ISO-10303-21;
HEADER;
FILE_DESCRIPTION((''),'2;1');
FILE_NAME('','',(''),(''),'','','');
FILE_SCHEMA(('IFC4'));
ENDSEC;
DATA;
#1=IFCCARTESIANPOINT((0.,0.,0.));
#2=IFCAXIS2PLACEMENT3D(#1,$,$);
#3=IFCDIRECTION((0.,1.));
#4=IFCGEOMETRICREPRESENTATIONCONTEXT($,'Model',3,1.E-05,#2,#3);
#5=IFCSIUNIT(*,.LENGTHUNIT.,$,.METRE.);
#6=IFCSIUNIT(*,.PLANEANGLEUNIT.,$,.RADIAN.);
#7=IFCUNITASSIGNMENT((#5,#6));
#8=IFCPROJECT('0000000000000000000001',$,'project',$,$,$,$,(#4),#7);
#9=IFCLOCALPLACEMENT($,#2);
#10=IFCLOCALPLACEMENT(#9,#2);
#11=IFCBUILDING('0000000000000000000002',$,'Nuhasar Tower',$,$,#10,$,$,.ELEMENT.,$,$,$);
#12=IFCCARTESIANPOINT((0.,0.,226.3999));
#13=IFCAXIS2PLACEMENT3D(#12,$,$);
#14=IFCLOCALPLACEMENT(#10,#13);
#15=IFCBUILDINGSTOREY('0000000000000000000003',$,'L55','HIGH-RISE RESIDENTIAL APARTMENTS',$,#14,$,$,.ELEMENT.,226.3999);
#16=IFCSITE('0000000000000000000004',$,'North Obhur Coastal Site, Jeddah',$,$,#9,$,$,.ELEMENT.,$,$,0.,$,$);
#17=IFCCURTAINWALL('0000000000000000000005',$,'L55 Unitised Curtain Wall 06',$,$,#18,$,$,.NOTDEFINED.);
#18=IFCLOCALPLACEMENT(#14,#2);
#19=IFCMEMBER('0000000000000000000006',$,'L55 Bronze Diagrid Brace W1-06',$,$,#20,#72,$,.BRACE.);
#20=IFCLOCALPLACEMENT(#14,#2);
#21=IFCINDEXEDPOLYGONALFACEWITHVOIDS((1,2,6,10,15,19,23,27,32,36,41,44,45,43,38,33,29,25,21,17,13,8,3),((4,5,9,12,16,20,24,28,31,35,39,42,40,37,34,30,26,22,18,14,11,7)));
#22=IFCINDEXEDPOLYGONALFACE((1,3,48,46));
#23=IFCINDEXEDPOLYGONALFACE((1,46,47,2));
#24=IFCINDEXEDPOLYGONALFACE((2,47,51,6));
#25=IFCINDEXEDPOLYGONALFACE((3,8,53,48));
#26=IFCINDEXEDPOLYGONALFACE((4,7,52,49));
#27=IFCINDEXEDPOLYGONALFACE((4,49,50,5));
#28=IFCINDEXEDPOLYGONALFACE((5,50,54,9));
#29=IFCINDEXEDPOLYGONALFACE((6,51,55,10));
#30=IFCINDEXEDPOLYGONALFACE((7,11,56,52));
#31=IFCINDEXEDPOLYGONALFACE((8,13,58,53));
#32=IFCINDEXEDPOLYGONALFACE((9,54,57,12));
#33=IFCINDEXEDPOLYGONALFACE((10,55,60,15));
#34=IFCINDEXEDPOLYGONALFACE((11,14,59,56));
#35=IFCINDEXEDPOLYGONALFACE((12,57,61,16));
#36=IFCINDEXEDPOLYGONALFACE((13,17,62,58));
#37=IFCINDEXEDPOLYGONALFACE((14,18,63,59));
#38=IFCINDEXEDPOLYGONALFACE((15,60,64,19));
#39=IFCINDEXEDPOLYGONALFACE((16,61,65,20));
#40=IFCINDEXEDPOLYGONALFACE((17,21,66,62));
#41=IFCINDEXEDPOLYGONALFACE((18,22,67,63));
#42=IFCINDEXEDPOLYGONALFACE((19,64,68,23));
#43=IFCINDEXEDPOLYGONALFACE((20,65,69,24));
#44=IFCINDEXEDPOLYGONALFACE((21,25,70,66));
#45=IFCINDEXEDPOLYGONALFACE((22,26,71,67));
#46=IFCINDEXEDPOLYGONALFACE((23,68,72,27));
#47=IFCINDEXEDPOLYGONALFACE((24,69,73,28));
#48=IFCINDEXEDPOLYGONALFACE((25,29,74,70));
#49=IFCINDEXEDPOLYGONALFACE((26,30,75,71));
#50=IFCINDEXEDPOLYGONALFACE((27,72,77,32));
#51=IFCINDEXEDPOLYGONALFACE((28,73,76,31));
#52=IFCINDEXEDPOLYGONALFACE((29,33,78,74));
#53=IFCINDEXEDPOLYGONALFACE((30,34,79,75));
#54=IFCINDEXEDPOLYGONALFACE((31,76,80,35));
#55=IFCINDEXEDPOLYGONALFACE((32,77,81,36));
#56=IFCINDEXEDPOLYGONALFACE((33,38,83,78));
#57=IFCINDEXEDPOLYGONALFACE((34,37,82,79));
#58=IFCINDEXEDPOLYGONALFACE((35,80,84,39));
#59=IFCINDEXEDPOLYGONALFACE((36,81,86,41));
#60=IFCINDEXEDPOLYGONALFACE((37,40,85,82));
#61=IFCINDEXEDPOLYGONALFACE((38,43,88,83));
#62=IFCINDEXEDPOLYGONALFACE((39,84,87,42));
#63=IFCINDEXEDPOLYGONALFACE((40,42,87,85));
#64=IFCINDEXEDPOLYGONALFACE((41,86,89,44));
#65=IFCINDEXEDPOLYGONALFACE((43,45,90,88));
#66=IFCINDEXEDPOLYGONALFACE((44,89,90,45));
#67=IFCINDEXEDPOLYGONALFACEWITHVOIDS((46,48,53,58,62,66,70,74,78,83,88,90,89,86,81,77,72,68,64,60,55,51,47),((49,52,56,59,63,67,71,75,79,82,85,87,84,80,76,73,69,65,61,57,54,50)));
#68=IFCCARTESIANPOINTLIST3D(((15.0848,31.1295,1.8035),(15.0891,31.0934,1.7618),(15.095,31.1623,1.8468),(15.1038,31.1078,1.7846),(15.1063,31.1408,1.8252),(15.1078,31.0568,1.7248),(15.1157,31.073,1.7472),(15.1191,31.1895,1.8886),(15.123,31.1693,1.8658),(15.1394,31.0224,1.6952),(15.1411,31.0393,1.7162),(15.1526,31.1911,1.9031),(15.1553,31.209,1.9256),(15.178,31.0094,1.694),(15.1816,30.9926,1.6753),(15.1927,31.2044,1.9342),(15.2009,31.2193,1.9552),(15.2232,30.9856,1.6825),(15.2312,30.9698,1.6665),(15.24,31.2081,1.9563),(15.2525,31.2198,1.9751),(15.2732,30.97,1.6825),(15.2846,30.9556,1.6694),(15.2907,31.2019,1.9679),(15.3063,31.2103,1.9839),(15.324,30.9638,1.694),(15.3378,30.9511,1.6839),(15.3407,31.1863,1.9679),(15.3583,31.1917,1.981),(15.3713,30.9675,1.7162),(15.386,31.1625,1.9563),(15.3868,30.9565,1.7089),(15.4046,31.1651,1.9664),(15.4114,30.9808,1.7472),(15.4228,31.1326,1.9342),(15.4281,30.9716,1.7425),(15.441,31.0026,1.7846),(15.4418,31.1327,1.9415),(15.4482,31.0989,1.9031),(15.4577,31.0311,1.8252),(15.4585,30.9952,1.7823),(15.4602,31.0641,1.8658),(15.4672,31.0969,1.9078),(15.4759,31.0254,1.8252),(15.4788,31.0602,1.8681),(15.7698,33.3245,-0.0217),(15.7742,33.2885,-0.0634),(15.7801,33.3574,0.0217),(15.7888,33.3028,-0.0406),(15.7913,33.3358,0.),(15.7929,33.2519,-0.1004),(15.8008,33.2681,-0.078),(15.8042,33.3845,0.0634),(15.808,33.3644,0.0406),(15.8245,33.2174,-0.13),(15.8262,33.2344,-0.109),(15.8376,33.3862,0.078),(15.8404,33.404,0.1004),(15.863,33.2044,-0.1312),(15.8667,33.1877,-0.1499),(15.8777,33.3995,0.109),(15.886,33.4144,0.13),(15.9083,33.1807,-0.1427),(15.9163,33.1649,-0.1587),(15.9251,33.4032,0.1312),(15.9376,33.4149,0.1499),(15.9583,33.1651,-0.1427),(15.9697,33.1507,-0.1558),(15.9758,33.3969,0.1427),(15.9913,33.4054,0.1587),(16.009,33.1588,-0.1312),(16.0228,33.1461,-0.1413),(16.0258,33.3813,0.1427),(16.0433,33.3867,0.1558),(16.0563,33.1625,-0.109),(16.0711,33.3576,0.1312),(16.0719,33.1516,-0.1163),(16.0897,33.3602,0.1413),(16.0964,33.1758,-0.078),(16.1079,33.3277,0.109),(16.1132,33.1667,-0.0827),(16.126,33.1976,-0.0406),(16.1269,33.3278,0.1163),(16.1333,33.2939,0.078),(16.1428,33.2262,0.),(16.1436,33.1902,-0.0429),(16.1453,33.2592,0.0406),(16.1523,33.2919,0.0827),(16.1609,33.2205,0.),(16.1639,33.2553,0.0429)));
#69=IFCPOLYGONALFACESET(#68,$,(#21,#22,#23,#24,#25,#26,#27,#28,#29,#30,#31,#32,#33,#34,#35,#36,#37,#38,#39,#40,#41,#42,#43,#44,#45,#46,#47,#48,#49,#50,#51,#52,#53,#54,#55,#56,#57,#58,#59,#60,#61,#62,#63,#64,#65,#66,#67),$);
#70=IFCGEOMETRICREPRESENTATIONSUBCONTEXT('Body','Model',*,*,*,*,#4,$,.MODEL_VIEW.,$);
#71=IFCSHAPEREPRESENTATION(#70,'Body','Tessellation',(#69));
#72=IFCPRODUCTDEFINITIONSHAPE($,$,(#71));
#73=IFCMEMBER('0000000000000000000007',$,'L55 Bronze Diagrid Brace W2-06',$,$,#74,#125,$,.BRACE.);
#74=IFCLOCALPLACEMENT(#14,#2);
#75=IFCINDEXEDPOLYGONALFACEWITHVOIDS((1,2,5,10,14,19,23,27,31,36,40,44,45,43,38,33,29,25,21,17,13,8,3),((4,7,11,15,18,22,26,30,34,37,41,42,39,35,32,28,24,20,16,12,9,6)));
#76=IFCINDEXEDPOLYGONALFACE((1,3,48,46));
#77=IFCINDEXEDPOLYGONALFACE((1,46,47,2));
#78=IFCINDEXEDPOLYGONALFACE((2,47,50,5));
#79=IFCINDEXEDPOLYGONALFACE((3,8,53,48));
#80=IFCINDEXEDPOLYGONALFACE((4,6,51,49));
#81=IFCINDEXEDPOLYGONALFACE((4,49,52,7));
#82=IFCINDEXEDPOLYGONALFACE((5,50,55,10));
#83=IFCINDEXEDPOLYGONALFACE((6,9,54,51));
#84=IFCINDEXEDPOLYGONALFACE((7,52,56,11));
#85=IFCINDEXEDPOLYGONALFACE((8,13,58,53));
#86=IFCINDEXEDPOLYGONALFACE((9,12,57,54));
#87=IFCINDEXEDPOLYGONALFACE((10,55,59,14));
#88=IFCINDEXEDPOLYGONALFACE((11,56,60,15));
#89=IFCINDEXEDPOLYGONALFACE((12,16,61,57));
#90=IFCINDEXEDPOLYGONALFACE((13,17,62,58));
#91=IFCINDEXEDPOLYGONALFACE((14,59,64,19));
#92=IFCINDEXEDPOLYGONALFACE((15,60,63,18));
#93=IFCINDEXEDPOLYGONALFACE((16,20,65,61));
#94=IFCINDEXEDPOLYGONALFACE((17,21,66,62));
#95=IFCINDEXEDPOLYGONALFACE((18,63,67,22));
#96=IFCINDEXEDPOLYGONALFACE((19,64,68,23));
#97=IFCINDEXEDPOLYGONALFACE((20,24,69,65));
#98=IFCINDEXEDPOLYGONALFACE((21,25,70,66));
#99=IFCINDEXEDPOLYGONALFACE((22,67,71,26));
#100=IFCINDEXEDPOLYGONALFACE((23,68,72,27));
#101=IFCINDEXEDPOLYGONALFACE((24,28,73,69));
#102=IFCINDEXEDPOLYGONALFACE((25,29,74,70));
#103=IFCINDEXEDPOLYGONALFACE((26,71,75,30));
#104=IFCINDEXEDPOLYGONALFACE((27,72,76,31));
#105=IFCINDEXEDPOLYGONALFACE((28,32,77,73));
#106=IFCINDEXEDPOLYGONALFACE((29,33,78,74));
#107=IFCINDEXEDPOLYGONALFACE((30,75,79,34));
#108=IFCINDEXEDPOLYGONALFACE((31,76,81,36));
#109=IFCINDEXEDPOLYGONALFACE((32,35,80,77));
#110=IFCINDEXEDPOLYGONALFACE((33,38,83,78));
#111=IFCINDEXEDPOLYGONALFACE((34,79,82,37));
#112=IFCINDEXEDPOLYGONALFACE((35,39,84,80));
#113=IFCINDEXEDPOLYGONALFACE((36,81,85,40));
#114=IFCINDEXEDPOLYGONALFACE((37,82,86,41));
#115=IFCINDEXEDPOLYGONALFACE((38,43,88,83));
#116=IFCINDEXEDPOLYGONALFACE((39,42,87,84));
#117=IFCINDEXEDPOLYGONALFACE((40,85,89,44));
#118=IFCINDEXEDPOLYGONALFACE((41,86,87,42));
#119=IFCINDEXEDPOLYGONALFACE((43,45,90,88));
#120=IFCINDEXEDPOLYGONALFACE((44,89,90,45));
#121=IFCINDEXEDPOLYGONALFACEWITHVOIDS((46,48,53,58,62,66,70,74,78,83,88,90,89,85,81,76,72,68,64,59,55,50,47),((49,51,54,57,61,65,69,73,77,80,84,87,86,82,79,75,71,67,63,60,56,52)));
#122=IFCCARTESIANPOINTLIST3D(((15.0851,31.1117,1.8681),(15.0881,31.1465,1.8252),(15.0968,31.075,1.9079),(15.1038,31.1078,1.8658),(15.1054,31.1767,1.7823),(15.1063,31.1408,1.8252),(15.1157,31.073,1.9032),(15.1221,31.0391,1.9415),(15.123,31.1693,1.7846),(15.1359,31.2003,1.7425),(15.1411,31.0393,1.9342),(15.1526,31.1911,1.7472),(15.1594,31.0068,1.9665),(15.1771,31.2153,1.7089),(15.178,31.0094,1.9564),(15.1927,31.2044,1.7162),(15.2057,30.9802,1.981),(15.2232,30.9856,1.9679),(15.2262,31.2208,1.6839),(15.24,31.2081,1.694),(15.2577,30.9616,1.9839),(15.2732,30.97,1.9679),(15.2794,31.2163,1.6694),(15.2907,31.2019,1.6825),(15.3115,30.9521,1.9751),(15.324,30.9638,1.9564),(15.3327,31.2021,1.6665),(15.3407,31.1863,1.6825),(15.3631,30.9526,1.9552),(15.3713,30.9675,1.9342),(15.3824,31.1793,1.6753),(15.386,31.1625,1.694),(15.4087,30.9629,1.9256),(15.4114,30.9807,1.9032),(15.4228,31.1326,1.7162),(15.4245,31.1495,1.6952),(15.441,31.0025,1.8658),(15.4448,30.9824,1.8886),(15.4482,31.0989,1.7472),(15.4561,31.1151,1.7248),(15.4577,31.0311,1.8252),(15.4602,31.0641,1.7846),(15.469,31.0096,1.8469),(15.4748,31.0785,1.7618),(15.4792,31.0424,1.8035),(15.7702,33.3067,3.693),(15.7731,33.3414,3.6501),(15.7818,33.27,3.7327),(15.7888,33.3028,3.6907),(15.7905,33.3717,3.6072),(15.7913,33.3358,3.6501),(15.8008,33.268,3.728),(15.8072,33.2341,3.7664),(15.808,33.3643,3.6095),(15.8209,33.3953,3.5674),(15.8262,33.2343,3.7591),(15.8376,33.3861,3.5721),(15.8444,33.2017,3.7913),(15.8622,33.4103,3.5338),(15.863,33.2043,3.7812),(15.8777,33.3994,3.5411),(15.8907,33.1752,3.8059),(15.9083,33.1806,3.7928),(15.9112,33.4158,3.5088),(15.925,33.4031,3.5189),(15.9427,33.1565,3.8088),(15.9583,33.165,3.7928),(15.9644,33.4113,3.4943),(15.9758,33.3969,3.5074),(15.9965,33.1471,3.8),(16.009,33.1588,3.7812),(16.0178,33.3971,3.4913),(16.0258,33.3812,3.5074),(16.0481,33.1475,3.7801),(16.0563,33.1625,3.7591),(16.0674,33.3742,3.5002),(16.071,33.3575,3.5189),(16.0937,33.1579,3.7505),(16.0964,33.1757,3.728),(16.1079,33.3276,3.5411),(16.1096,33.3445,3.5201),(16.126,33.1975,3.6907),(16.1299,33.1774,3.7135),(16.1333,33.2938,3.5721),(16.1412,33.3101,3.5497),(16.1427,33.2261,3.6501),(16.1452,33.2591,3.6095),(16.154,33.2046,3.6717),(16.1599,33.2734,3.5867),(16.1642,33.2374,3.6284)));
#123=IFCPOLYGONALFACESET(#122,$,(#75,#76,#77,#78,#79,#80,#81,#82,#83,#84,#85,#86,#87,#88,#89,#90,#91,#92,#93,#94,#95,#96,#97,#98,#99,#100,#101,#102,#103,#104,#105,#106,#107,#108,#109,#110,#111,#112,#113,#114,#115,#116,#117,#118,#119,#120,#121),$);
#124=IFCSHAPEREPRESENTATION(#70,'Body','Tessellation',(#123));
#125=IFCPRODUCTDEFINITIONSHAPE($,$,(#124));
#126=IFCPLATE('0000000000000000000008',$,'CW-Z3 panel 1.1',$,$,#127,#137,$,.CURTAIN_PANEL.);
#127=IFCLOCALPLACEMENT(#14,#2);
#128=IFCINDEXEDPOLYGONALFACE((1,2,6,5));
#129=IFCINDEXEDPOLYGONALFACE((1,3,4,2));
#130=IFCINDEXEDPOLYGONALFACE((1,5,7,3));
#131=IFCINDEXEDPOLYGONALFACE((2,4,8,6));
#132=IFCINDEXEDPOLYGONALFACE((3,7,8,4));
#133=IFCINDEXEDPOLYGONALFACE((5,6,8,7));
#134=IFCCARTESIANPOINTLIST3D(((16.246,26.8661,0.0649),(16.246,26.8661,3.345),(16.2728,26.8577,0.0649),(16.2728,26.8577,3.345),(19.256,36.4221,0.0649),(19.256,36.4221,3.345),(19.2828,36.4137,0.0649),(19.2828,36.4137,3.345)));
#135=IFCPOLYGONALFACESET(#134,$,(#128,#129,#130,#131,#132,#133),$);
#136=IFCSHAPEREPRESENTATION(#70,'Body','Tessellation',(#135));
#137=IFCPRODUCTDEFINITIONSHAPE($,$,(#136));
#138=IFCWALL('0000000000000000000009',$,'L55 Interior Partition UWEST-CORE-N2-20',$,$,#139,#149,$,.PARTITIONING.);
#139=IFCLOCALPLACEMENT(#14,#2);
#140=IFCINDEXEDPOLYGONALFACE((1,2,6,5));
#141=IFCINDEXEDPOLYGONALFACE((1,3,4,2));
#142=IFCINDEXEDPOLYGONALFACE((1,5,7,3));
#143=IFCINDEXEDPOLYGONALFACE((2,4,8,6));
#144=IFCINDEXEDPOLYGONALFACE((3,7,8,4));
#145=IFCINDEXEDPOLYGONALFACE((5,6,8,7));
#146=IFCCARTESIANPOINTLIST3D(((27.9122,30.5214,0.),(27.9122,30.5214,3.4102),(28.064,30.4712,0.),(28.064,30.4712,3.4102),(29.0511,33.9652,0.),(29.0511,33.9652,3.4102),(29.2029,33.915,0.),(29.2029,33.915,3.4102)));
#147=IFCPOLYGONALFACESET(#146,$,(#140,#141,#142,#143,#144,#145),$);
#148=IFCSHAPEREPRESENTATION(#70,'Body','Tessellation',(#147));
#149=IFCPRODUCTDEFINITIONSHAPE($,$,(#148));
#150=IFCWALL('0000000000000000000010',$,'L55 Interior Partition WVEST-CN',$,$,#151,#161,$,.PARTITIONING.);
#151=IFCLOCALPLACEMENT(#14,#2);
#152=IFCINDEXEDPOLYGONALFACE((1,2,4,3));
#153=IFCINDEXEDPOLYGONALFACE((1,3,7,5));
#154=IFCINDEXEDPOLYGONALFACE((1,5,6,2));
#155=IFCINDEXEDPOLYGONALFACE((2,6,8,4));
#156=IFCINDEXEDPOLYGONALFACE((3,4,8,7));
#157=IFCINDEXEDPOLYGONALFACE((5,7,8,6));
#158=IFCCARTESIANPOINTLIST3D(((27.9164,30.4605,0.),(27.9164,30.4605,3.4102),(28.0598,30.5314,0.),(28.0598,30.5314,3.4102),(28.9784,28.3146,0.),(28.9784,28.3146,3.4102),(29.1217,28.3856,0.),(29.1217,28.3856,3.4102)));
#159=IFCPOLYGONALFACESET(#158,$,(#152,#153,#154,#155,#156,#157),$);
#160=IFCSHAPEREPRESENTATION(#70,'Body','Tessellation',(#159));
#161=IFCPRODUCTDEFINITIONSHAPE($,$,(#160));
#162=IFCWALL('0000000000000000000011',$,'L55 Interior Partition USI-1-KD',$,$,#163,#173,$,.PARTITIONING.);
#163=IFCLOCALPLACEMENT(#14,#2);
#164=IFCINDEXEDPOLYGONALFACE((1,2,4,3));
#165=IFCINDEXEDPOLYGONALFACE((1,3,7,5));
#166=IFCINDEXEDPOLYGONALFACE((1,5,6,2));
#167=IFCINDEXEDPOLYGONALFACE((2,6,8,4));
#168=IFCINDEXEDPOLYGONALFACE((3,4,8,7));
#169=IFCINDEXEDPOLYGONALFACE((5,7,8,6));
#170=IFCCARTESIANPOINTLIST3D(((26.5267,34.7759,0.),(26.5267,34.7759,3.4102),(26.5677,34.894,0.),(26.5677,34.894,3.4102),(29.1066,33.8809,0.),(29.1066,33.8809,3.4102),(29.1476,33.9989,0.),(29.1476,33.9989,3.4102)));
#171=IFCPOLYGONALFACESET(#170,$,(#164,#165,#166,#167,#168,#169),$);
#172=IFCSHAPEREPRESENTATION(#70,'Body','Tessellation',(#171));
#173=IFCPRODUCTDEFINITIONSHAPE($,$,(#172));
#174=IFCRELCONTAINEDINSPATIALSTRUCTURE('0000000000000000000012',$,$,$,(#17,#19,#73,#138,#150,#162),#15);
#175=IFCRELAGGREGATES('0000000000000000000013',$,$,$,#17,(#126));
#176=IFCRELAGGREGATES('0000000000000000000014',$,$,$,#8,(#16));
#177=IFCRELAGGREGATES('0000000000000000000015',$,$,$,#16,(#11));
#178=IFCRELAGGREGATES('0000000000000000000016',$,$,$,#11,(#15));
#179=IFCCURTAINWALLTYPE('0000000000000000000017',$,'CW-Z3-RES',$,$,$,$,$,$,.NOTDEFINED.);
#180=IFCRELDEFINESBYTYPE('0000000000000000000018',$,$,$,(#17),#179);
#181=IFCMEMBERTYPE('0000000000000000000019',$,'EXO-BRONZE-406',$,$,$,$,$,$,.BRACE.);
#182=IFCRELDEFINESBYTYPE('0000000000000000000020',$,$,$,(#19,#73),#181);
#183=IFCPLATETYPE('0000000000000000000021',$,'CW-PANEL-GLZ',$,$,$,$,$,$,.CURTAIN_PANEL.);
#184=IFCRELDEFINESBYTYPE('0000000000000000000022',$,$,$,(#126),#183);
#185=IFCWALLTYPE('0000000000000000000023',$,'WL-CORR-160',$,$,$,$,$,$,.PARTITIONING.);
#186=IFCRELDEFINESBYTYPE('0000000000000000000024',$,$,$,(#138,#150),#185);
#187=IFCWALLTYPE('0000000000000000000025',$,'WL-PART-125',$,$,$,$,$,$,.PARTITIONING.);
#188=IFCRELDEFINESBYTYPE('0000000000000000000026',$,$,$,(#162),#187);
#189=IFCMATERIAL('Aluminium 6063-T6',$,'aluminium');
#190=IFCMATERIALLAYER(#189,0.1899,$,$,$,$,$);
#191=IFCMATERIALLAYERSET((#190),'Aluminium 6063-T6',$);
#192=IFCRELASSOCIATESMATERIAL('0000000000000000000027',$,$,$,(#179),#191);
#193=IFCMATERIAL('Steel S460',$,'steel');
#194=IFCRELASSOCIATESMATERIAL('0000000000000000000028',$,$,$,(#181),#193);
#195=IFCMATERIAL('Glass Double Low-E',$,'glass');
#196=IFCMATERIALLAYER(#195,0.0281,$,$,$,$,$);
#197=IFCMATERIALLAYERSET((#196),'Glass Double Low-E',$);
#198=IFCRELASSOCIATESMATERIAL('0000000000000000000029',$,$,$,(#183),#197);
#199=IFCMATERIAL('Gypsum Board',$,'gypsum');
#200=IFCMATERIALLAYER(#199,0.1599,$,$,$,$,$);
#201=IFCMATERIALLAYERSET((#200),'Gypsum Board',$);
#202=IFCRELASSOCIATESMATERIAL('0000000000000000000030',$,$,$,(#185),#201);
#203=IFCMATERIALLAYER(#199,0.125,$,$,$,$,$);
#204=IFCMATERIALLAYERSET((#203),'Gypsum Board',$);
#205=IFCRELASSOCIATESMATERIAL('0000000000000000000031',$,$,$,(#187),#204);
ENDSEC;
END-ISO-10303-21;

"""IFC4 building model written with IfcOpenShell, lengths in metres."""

from ifc_helpers import new_model, si_unit, direction, frame, frame_2d, origin, origin_2d, place, context, subcontext, project, spatial, rectangle, hollow_circle, extrude, material, layer, layer_set, material_profile, profile_set, type_object, element, aggregate, save


model = new_model("IFC4")

# Units and contexts
model_context = context("Model", 3, precision=1e-05, world=origin(), true_north=direction((0.0, 1.0)))
body_context = subcontext(model_context, "Body", "Model", "MODEL_VIEW")
ifc_project = project(units=[si_unit("LENGTHUNIT", "METRE"), si_unit("PLANEANGLEUNIT", "RADIAN")], contexts=[model_context])

# Site, building, storey
site_placement = place(None, origin())
site = spatial("IfcSite", under=ifc_project, at=site_placement, Name="North Obhur Coastal Site, Jeddah", CompositionType="ELEMENT", RefElevation=0.0)
building_placement = place(site_placement, origin())
building = spatial("IfcBuilding", under=site, at=building_placement, Name="Nuhasar Tower", CompositionType="ELEMENT")
storey_placement = place(building_placement, frame((0.0, 0.0, 226.3999)))
storey = spatial("IfcBuildingStorey", under=building, at=storey_placement, Name="L55", Description="HIGH-RISE RESIDENTIAL APARTMENTS", CompositionType="ELEMENT", Elevation=226.3999)

# Curtain wall
ifc_material_1 = material(Name="Aluminium 6063-T6", Category="aluminium")
ifc_layer_1 = layer(ifc_material_1, 0.1899)
ifc_layer_set_1 = layer_set([ifc_layer_1], Name="Aluminium 6063-T6")
curtain_wall_type = type_object("IfcCurtainWallType", Name="CW-Z3-RES", PredefinedType="NOTDEFINED", material=ifc_layer_set_1)
curtain_wall_placement = place(storey_placement, origin())
curtain_wall = element("IfcCurtainWall", 1, at=curtain_wall_placement, inside=storey, type_object=curtain_wall_type, Name="L55 Unitised Curtain Wall 06", PredefinedType="NOTDEFINED")

# Members
ifc_material_2 = material(Name="Steel S460", Category="steel")
ifc_material_profile_1 = material_profile(ifc_material_2, hollow_circle(Radius=0.2031, WallThickness=0.019, at=origin_2d()), Name="HSS406.4X19.1")
ifc_profile_set_1 = profile_set([ifc_material_profile_1], Name="Steel S460")
member_type_1 = type_object("IfcMemberType", Name="EXO-BRONZE-406", PredefinedType="BRACE", material=ifc_profile_set_1)
member_1_placement = place(storey_placement, frame((15.967, 33.281, 0.0), z_axis=(-0.233346, -0.747688, 0.621701), x_axis=(0.954591, -0.297918, 0.0)))
element("IfcMember", 2, at=member_1_placement, inside=storey, type_object=member_type_1, Name="L55 Bronze Diagrid Brace W1-06", PredefinedType="BRACE", context=body_context, shape_type="SweptSolid", body=[
    extrude(hollow_circle(Radius=0.2031, WallThickness=0.019, at=origin_2d()), origin(), (0.0, 0.0, 1.0), 2.9358),
])
member_2_placement = place(storey_placement, frame((15.282, 31.0859, 1.8252), z_axis=(0.233358, 0.747727, 0.62165), x_axis=(-0.954591, 0.297918, 0.0)))
element("IfcMember", 3, at=member_2_placement, inside=storey, type_object=member_type_1, Name="L55 Bronze Diagrid Brace W2-06", PredefinedType="BRACE", context=body_context, shape_type="SweptSolid", body=[
    extrude(hollow_circle(Radius=0.2031, WallThickness=0.019, at=origin_2d()), origin(), (0.0, 0.0, 1.0), 2.9355),
])

# Plate
ifc_material_3 = material(Name="Glass Double Low-E", Category="glass")
ifc_layer_2 = layer(ifc_material_3, 0.0281)
ifc_layer_set_2 = layer_set([ifc_layer_2], Name="Glass Double Low-E")
plate_type = type_object("IfcPlateType", Name="CW-PANEL-GLZ", PredefinedType="CURTAIN_PANEL", material=ifc_layer_set_2)
plate_placement = place(storey_placement, frame((17.7644, 31.6399, 0.0649), z_axis=(0.0, 0.0, 1.0), x_axis=(-0.300429, -0.953804, 0.0)))
plate = element("IfcPlate", 4, at=plate_placement, type_object=plate_type, Name="CW-Z3 panel 1.1", PredefinedType="CURTAIN_PANEL", context=body_context, shape_type="SweptSolid", body=[
    extrude(rectangle(XDim=10.0188, YDim=0.0281, at=origin_2d()), origin(), (0.0, 0.0, 1.0), 3.28),
])
aggregate(curtain_wall, [plate])

# Wall
ifc_material_4 = material(Name="Gypsum Board", Category="gypsum")
ifc_layer_3 = layer(ifc_material_4, 0.1599)
ifc_layer_set_3 = layer_set([ifc_layer_3], Name="Gypsum Board")
wall_type_1 = type_object("IfcWallType", Name="WL-CORR-160", PredefinedType="PARTITIONING", material=ifc_layer_set_3)
wall_1_placement = place(storey_placement, frame((29.127, 33.9399, 0.0), z_axis=(0.0, 0.0, 1.0), x_axis=(-0.313986, -0.949428, 0.0)))
element("IfcWall", 5, at=wall_1_placement, inside=storey, type_object=wall_type_1, Name="L55 Interior Partition UWEST-CORE-N2-20", PredefinedType="PARTITIONING", context=body_context, shape_type="SweptSolid", body=[
    extrude(rectangle(XDim=3.6272, YDim=0.1599, at=frame_2d((1.8135, 0.0))), origin(), (0.0, 0.0, 1.0), 3.4102),
])

# Walls
wall_2_placement = place(storey_placement, frame((27.988, 30.4961, 0.0), z_axis=(0.0, 0.0, 1.0), x_axis=(0.443539, -0.896255, 0.0)))
element("IfcWall", 6, at=wall_2_placement, inside=storey, type_object=wall_type_1, Name="L55 Interior Partition WVEST-CN", PredefinedType="PARTITIONING", context=body_context, shape_type="SweptSolid", body=[
    extrude(rectangle(XDim=2.3943, YDim=0.1599, at=frame_2d((1.1973, 0.0))), origin(), (0.0, 0.0, 1.0), 3.4102),
])
ifc_layer_4 = layer(ifc_material_4, 0.125)
ifc_layer_set_4 = layer_set([ifc_layer_4], Name="Gypsum Board")
wall_type_2 = type_object("IfcWallType", Name="WL-PART-125", PredefinedType="PARTITIONING", material=ifc_layer_set_4)
wall_3_placement = place(storey_placement, frame((29.127, 33.9399, 0.0), z_axis=(0.0, 0.0, 1.0), x_axis=(-0.944759, 0.327765, 0.0)))
element("IfcWall", 7, at=wall_3_placement, inside=storey, type_object=wall_type_2, Name="L55 Interior Partition USI-1-KD", PredefinedType="PARTITIONING", context=body_context, shape_type="SweptSolid", body=[
    extrude(rectangle(XDim=2.7307, YDim=0.125, at=frame_2d((1.3652, 0.0))), origin(), (0.0, 0.0, 1.0), 3.4102),
])

save(model, "model.ifc")
